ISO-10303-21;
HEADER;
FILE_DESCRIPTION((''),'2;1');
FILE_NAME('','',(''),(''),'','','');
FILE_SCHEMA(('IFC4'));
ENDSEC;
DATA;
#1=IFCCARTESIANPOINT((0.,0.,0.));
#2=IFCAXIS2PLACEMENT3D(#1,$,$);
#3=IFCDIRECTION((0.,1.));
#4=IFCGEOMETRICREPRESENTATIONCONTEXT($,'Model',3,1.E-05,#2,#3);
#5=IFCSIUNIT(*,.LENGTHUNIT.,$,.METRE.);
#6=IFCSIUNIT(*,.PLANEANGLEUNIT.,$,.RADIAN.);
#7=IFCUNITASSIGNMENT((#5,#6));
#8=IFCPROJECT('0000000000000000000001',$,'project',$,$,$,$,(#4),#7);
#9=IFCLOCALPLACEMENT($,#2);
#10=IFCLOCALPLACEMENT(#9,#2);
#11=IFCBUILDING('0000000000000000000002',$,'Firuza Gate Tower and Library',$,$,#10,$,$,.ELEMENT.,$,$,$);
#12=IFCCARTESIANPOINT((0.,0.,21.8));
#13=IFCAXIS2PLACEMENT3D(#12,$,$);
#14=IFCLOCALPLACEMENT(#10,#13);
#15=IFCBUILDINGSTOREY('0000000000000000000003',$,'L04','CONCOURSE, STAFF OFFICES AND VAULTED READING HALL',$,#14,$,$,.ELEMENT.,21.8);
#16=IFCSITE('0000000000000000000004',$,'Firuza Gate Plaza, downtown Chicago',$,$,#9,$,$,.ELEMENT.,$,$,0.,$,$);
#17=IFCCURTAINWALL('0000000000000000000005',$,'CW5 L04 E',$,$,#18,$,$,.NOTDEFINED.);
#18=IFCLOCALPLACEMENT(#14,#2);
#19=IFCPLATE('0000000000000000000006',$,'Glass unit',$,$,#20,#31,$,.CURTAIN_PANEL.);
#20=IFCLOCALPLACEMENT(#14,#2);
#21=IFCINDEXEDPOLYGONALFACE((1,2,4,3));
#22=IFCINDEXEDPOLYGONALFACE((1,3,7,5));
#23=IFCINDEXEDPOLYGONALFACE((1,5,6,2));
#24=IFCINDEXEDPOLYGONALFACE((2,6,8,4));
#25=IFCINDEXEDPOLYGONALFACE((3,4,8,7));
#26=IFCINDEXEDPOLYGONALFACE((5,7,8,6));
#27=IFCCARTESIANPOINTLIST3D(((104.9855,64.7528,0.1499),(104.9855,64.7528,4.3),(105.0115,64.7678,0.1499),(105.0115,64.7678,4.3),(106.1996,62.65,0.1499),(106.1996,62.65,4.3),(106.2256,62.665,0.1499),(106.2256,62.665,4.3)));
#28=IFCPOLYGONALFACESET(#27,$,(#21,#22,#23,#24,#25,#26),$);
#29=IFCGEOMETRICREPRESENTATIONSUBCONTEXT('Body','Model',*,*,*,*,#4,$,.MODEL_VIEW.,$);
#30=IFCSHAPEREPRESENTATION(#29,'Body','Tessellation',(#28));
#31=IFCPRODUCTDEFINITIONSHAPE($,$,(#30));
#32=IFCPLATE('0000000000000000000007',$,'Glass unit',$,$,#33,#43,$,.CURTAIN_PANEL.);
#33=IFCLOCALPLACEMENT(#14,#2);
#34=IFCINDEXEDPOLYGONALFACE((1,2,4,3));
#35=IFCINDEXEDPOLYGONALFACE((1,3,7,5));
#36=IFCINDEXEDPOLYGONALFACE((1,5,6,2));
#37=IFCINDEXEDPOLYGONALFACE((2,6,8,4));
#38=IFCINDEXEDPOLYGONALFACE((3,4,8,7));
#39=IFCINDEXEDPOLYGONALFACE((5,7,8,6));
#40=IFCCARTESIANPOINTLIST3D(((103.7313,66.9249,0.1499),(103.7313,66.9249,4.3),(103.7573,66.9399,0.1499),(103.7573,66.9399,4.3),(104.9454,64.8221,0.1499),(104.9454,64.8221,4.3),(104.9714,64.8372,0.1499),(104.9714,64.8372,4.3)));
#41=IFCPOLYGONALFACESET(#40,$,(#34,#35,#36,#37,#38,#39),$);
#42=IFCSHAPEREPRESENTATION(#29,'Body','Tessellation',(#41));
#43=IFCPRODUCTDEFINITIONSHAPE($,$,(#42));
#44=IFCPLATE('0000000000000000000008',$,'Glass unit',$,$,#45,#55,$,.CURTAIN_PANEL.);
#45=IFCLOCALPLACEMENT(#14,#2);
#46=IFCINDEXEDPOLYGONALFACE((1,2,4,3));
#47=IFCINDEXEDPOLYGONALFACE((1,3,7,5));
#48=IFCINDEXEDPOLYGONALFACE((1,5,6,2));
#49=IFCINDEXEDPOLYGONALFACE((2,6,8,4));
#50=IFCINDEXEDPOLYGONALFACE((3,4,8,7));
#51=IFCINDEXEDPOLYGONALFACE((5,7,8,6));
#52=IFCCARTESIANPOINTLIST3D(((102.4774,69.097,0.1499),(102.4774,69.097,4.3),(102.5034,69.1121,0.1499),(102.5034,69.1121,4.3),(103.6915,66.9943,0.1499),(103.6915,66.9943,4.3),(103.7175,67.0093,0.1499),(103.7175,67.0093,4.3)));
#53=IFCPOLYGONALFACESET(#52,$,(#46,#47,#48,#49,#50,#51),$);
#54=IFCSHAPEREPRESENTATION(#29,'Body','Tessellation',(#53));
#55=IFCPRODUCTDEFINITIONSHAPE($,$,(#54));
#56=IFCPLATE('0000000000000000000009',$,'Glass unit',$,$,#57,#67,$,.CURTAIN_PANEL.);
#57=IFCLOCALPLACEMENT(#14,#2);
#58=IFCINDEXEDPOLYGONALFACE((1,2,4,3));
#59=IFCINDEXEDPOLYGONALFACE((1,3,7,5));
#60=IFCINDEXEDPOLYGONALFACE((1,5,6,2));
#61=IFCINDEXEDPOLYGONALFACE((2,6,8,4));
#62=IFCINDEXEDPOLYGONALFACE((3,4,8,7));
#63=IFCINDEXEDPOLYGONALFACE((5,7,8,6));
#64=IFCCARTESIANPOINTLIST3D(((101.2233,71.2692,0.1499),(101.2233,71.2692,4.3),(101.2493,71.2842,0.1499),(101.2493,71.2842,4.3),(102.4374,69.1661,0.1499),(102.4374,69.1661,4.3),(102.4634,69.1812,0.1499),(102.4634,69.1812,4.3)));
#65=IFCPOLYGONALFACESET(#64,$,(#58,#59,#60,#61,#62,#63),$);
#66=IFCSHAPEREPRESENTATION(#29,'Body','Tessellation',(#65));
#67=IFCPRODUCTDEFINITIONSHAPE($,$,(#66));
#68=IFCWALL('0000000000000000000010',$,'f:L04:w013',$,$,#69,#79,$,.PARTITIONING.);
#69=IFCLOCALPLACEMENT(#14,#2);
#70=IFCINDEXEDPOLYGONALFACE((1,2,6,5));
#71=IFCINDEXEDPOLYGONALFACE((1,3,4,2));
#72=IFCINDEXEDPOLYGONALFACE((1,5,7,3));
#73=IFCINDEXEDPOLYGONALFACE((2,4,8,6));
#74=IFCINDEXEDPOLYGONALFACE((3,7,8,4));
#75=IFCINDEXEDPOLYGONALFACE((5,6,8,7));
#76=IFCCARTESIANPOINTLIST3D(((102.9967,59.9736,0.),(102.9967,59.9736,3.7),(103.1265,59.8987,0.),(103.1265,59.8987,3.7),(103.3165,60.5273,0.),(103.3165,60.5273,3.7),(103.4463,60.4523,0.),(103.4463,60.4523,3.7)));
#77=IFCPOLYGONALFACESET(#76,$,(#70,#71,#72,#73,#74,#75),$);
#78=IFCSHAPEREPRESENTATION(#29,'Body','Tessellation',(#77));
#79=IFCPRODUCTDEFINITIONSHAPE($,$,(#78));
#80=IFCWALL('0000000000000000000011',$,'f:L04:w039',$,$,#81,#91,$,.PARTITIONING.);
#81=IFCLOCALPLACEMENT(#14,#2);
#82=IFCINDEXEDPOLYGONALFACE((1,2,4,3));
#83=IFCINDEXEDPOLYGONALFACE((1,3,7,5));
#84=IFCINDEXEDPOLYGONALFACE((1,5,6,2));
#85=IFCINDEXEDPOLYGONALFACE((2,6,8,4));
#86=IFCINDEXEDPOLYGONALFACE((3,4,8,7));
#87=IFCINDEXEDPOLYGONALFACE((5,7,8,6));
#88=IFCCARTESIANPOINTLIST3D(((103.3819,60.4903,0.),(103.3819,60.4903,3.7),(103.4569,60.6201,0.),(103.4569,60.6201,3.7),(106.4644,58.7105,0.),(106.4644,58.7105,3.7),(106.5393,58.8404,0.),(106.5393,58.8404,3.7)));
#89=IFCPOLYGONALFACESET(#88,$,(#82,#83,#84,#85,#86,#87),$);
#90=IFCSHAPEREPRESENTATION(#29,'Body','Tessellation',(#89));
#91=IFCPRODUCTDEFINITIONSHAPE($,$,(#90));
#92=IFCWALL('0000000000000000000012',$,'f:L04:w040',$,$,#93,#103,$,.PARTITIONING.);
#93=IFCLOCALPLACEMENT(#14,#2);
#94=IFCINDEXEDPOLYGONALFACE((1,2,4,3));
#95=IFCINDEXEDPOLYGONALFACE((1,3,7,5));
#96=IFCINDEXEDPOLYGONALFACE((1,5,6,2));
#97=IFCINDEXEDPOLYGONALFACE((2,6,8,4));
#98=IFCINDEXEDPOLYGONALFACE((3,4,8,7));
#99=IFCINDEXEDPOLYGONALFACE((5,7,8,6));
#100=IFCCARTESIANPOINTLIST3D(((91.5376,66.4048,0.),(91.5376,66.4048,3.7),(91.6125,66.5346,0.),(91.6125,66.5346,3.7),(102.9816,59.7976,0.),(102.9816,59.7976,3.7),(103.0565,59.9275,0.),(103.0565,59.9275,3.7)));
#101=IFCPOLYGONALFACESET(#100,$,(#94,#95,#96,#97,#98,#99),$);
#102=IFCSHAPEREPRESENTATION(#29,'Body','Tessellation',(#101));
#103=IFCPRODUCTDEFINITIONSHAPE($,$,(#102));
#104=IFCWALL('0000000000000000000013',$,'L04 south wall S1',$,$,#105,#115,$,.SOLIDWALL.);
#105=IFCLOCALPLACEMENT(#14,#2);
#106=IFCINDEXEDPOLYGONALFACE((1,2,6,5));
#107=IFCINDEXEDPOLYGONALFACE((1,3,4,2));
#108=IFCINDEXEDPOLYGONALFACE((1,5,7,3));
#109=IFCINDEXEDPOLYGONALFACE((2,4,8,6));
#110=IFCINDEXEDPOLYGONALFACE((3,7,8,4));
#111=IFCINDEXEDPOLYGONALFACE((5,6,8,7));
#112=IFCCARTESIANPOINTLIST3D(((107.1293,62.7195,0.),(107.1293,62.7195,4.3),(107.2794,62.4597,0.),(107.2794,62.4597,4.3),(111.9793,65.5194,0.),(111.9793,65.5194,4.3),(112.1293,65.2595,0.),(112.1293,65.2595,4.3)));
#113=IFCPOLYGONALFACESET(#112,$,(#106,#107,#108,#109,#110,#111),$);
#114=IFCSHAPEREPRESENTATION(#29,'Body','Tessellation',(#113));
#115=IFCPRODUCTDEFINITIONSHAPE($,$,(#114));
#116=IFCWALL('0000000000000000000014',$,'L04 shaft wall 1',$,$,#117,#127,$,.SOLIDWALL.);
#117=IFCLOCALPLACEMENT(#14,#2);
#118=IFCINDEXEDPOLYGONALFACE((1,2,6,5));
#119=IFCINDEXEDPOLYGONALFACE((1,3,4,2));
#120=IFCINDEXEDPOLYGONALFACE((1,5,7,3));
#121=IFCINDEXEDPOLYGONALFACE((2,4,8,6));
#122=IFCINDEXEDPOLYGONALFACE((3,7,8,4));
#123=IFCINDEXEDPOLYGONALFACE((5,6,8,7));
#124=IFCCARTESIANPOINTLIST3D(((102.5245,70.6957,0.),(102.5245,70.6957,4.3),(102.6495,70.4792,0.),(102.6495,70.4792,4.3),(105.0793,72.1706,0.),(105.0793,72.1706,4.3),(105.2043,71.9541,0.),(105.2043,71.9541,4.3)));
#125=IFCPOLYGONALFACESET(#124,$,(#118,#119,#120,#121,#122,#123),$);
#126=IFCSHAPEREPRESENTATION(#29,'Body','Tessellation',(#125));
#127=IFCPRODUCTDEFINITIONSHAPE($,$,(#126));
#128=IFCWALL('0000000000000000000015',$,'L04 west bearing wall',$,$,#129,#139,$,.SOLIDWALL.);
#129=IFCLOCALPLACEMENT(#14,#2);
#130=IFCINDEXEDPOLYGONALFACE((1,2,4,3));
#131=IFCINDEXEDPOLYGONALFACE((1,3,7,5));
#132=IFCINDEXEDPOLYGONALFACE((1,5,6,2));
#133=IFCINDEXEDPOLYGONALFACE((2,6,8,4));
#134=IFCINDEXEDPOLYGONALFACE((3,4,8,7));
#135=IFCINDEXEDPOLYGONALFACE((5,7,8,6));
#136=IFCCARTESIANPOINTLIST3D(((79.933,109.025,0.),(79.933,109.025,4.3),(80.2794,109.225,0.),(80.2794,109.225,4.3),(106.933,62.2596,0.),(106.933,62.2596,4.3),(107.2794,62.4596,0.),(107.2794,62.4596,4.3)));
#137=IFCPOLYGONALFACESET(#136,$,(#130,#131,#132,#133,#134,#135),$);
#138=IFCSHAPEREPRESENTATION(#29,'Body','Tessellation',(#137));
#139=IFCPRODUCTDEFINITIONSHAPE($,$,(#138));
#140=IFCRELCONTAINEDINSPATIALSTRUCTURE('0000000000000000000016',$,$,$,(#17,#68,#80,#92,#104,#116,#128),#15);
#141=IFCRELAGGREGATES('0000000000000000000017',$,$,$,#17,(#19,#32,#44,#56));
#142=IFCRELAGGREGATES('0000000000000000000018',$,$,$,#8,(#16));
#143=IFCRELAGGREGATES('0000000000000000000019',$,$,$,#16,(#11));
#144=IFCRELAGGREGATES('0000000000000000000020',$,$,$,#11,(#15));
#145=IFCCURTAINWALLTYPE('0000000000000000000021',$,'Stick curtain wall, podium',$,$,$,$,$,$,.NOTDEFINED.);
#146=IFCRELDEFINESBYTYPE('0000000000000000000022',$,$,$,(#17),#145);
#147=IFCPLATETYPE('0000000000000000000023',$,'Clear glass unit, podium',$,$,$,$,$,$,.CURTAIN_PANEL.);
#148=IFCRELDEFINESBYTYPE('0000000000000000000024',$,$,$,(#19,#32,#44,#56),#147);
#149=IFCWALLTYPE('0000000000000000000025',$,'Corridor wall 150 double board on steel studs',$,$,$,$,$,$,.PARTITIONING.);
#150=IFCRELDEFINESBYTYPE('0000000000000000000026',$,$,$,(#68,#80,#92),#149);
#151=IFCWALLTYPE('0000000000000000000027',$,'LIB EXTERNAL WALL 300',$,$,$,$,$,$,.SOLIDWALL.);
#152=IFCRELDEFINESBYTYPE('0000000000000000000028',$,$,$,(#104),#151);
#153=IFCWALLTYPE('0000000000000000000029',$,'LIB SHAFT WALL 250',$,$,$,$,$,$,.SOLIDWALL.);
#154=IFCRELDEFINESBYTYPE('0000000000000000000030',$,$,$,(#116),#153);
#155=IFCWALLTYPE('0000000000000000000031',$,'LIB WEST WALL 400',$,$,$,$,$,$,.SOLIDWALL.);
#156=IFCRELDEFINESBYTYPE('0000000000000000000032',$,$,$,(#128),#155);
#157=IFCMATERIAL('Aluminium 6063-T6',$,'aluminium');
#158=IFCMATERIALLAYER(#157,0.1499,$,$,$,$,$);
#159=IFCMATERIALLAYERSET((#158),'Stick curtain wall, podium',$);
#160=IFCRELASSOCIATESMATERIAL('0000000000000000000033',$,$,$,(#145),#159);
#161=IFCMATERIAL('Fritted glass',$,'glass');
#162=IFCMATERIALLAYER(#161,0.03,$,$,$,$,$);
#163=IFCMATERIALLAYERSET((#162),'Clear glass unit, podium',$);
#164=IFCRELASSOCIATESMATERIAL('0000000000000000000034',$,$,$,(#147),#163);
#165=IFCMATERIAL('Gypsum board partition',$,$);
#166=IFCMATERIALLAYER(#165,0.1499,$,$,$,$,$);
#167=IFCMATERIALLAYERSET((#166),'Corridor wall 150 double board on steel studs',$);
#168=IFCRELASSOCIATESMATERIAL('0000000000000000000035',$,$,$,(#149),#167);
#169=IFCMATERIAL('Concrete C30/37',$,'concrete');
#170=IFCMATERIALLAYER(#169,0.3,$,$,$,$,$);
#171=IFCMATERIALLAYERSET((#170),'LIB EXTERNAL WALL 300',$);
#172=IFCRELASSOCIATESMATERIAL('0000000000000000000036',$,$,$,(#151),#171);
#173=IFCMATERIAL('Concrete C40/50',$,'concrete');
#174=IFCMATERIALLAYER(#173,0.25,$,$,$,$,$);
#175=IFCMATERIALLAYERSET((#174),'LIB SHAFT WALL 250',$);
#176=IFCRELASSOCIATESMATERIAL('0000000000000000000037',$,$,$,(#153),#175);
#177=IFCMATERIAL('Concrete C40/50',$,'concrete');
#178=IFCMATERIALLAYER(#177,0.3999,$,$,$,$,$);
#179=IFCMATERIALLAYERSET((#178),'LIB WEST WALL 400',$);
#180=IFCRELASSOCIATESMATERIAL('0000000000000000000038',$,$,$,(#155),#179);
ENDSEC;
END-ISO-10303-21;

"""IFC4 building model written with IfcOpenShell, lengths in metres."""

from ifc_helpers import new_model, si_unit, direction, frame, frame_2d, origin, place, context, subcontext, project, spatial, polyline, rectangle, outline, extrude, material, layer, layer_set, type_object, element, aggregate, save


model = new_model("IFC4")

# Units and contexts
model_context = context("Model", 3, precision=1e-05, world=origin(), true_north=direction((0.0, 1.0)))
body_context = subcontext(model_context, "Body", "Model", "MODEL_VIEW")
ifc_project = project(units=[si_unit("LENGTHUNIT", "METRE"), si_unit("PLANEANGLEUNIT", "RADIAN")], contexts=[model_context])

# Site, building, storey
site_placement = place(None, origin())
site = spatial("IfcSite", under=ifc_project, at=site_placement, Name="Firuza Gate Plaza, downtown Chicago", CompositionType="ELEMENT", RefElevation=0.0)
building_placement = place(site_placement, origin())
building = spatial("IfcBuilding", under=site, at=building_placement, Name="Firuza Gate Tower and Library", CompositionType="ELEMENT")
storey_placement = place(building_placement, frame((0.0, 0.0, 21.8)))
storey = spatial("IfcBuildingStorey", under=building, at=storey_placement, Name="L04", Description="CONCOURSE, STAFF OFFICES AND VAULTED READING HALL", CompositionType="ELEMENT", Elevation=21.8)

# Curtain wall
ifc_material_1 = material(Name="Aluminium 6063-T6", Category="aluminium")
ifc_layer_1 = layer(ifc_material_1, 0.1499)
ifc_layer_set_1 = layer_set([ifc_layer_1], Name="Stick curtain wall, podium")
curtain_wall_type = type_object("IfcCurtainWallType", Name="Stick curtain wall, podium", PredefinedType="NOTDEFINED", material=ifc_layer_set_1)
placement = place(storey_placement, origin())
curtain_wall_1 = element("IfcCurtainWall", 1, at=placement, inside=storey, type_object=curtain_wall_type, Name="CW5 L04 E", PredefinedType="NOTDEFINED")

# Shared definitions
ifc_material_2 = material(Name="Fritted glass", Category="glass")
ifc_layer_2 = layer(ifc_material_2, 0.03)
ifc_layer_set_2 = layer_set([ifc_layer_2], Name="Clear glass unit, podium")
plate_type = type_object("IfcPlateType", Name="Clear glass unit, podium", PredefinedType="CURTAIN_PANEL", material=ifc_layer_set_2)

# Plates
plate_1_placement = place(storey_placement, frame((106.2256, 62.665, 0.1499), z_axis=(0.866013, 0.500021, 0.0), x_axis=(-0.500021, 0.866013, 0.0)))
plate_1 = element("IfcPlate", 2, at=plate_1_placement, type_object=plate_type, Name="Glass unit", PredefinedType="CURTAIN_PANEL", context=body_context, shape_type="SweptSolid", body=[
    extrude(outline(polyline([(0.0, 0.0), (2.4281, 0.0), (2.4281, 4.1501), (0.0, 4.1501), (0.0, 0.0)])), origin(), (0.0, 0.0, -1.0), 0.03),
])
plate_2_placement = place(storey_placement, frame((104.9714, 64.8372, 0.1499), z_axis=(0.866013, 0.500021, 0.0), x_axis=(-0.500021, 0.866013, 0.0)))
plate_2 = element("IfcPlate", 3, at=plate_2_placement, type_object=plate_type, Name="Glass unit", PredefinedType="CURTAIN_PANEL", context=body_context, shape_type="SweptSolid", body=[
    extrude(outline(polyline([(0.0, 0.0), (2.4281, 0.0), (2.4281, 4.1501), (0.0, 4.1501), (0.0, 0.0)])), origin(), (0.0, 0.0, -1.0), 0.03),
])
plate_3_placement = place(storey_placement, frame((103.7175, 67.0093, 0.1499), z_axis=(0.866013, 0.500021, 0.0), x_axis=(-0.500021, 0.866013, 0.0)))
plate_3 = element("IfcPlate", 4, at=plate_3_placement, type_object=plate_type, Name="Glass unit", PredefinedType="CURTAIN_PANEL", context=body_context, shape_type="SweptSolid", body=[
    extrude(outline(polyline([(0.0, 0.0), (2.4281, 0.0), (2.4281, 4.1501), (0.0, 4.1501), (0.0, 0.0)])), origin(), (0.0, 0.0, -1.0), 0.03),
])
plate_4_placement = place(storey_placement, frame((102.4634, 69.1812, 0.1499), z_axis=(0.866038, 0.499978, 0.0), x_axis=(-0.499978, 0.866038, 0.0)))
plate_4 = element("IfcPlate", 5, at=plate_4_placement, type_object=plate_type, Name="Glass unit", PredefinedType="CURTAIN_PANEL", context=body_context, shape_type="SweptSolid", body=[
    extrude(outline(polyline([(0.0, 0.0), (2.4283, 0.0), (2.4283, 4.1501), (0.0, 4.1501), (0.0, 0.0)])), origin(), (0.0, 0.0, -1.0), 0.03),
])
aggregate(curtain_wall_1, [plate_1, plate_2, plate_3, plate_4])

# Walls
ifc_material_3 = material(Name="Gypsum board partition")
ifc_layer_3 = layer(ifc_material_3, 0.1499)
ifc_layer_set_3 = layer_set([ifc_layer_3], Name="Corridor wall 150 double board on steel studs")
wall_type_1 = type_object("IfcWallType", Name="Corridor wall 150 double board on steel studs", PredefinedType="PARTITIONING", material=ifc_layer_set_3)
wall_1_placement = place(storey_placement, frame((103.0615, 59.936, 0.0), z_axis=(0.0, 0.0, 1.0), x_axis=(0.500163, 0.865931, 0.0)))
element("IfcWall", 6, at=wall_1_placement, inside=storey, type_object=wall_type_1, Name="f:L04:w013", PredefinedType="PARTITIONING", context=body_context, shape_type="SweptSolid", body=[
    extrude(rectangle(XDim=0.6394, YDim=0.1499, at=frame_2d((0.3198, 0.0))), origin(), (0.0, 0.0, 1.0), 3.7),
])
wall_2_placement = place(storey_placement, frame((106.502, 58.7754, 0.0), z_axis=(0.0, 0.0, 1.0), x_axis=(-0.866014, 0.500019, 0.0)))
element("IfcWall", 7, at=wall_2_placement, inside=storey, type_object=wall_type_1, Name="f:L04:w039", PredefinedType="PARTITIONING", context=body_context, shape_type="SweptSolid", body=[
    extrude(rectangle(XDim=3.5593, YDim=0.1499, at=frame_2d((1.7798, 0.0))), origin(), (0.0, 0.0, 1.0), 3.7),
])
wall_3_placement = place(storey_placement, frame((103.019, 59.8625, 0.0), z_axis=(0.0, 0.0, 1.0), x_axis=(-0.866028, 0.499996, 0.0)))
element("IfcWall", 8, at=wall_3_placement, inside=storey, type_object=wall_type_1, Name="f:L04:w040", PredefinedType="PARTITIONING", context=body_context, shape_type="SweptSolid", body=[
    extrude(rectangle(XDim=13.2144, YDim=0.1499, at=frame_2d((6.6072, 0.0))), origin(), (0.0, 0.0, 1.0), 3.7),
])
ifc_material_4 = material(Name="Concrete C30/37", Category="concrete")
ifc_layer_4 = layer(ifc_material_4, 0.3)
ifc_layer_set_4 = layer_set([ifc_layer_4], Name="LIB EXTERNAL WALL 300")
wall_type_2 = type_object("IfcWallType", Name="LIB EXTERNAL WALL 300", PredefinedType="SOLIDWALL", material=ifc_layer_set_4)
wall_4_placement = place(storey_placement, frame((107.2043, 62.5896, 0.0), z_axis=(0.0, 0.0, 1.0), x_axis=(0.866045, 0.499965, 0.0)))
element("IfcWall", 9, at=wall_4_placement, inside=storey, type_object=wall_type_2, Name="L04 south wall S1", PredefinedType="SOLIDWALL", context=body_context, shape_type="SweptSolid", body=[
    extrude(rectangle(XDim=5.6001, YDim=0.3, at=frame_2d((2.8, 0.0))), origin(), (0.0, 0.0, 1.0), 4.3),
])
ifc_material_5 = material(Name="Concrete C40/50", Category="concrete")
ifc_layer_5 = layer(ifc_material_5, 0.25)
ifc_layer_set_5 = layer_set([ifc_layer_5], Name="LIB SHAFT WALL 250")
wall_type_3 = type_object("IfcWallType", Name="LIB SHAFT WALL 250", PredefinedType="SOLIDWALL", material=ifc_layer_set_5)
wall_5_placement = place(storey_placement, frame((102.5869, 70.5874, 0.0), z_axis=(0.0, 0.0, 1.0), x_axis=(0.866039, 0.499976, 0.0)))
element("IfcWall", 10, at=wall_5_placement, inside=storey, type_object=wall_type_3, Name="L04 shaft wall 1", PredefinedType="SOLIDWALL", context=body_context, shape_type="SweptSolid", body=[
    extrude(rectangle(XDim=2.95, YDim=0.25, at=frame_2d((1.4751, 0.0))), origin(), (0.0, 0.0, 1.0), 4.3),
])
ifc_material_6 = material(Name="Concrete C40/50", Category="concrete")
ifc_layer_6 = layer(ifc_material_6, 0.3999)
ifc_layer_set_6 = layer_set([ifc_layer_6], Name="LIB WEST WALL 400")
wall_type_4 = type_object("IfcWallType", Name="LIB WEST WALL 400", PredefinedType="SOLIDWALL", material=ifc_layer_set_6)
wall_6_placement = place(storey_placement, frame((107.1062, 62.3596, 0.0), z_axis=(0.0, 0.0, 1.0), x_axis=(-0.5, 0.866025, 0.0)))
element("IfcWall", 11, at=wall_6_placement, inside=storey, type_object=wall_type_4, Name="L04 west bearing wall", PredefinedType="SOLIDWALL", context=body_context, shape_type="SweptSolid", body=[
    extrude(rectangle(XDim=54.0, YDim=0.3999, at=frame_2d((27.0, 0.0))), origin(), (0.0, 0.0, 1.0), 4.3),
])

save(model, "model.ifc")
